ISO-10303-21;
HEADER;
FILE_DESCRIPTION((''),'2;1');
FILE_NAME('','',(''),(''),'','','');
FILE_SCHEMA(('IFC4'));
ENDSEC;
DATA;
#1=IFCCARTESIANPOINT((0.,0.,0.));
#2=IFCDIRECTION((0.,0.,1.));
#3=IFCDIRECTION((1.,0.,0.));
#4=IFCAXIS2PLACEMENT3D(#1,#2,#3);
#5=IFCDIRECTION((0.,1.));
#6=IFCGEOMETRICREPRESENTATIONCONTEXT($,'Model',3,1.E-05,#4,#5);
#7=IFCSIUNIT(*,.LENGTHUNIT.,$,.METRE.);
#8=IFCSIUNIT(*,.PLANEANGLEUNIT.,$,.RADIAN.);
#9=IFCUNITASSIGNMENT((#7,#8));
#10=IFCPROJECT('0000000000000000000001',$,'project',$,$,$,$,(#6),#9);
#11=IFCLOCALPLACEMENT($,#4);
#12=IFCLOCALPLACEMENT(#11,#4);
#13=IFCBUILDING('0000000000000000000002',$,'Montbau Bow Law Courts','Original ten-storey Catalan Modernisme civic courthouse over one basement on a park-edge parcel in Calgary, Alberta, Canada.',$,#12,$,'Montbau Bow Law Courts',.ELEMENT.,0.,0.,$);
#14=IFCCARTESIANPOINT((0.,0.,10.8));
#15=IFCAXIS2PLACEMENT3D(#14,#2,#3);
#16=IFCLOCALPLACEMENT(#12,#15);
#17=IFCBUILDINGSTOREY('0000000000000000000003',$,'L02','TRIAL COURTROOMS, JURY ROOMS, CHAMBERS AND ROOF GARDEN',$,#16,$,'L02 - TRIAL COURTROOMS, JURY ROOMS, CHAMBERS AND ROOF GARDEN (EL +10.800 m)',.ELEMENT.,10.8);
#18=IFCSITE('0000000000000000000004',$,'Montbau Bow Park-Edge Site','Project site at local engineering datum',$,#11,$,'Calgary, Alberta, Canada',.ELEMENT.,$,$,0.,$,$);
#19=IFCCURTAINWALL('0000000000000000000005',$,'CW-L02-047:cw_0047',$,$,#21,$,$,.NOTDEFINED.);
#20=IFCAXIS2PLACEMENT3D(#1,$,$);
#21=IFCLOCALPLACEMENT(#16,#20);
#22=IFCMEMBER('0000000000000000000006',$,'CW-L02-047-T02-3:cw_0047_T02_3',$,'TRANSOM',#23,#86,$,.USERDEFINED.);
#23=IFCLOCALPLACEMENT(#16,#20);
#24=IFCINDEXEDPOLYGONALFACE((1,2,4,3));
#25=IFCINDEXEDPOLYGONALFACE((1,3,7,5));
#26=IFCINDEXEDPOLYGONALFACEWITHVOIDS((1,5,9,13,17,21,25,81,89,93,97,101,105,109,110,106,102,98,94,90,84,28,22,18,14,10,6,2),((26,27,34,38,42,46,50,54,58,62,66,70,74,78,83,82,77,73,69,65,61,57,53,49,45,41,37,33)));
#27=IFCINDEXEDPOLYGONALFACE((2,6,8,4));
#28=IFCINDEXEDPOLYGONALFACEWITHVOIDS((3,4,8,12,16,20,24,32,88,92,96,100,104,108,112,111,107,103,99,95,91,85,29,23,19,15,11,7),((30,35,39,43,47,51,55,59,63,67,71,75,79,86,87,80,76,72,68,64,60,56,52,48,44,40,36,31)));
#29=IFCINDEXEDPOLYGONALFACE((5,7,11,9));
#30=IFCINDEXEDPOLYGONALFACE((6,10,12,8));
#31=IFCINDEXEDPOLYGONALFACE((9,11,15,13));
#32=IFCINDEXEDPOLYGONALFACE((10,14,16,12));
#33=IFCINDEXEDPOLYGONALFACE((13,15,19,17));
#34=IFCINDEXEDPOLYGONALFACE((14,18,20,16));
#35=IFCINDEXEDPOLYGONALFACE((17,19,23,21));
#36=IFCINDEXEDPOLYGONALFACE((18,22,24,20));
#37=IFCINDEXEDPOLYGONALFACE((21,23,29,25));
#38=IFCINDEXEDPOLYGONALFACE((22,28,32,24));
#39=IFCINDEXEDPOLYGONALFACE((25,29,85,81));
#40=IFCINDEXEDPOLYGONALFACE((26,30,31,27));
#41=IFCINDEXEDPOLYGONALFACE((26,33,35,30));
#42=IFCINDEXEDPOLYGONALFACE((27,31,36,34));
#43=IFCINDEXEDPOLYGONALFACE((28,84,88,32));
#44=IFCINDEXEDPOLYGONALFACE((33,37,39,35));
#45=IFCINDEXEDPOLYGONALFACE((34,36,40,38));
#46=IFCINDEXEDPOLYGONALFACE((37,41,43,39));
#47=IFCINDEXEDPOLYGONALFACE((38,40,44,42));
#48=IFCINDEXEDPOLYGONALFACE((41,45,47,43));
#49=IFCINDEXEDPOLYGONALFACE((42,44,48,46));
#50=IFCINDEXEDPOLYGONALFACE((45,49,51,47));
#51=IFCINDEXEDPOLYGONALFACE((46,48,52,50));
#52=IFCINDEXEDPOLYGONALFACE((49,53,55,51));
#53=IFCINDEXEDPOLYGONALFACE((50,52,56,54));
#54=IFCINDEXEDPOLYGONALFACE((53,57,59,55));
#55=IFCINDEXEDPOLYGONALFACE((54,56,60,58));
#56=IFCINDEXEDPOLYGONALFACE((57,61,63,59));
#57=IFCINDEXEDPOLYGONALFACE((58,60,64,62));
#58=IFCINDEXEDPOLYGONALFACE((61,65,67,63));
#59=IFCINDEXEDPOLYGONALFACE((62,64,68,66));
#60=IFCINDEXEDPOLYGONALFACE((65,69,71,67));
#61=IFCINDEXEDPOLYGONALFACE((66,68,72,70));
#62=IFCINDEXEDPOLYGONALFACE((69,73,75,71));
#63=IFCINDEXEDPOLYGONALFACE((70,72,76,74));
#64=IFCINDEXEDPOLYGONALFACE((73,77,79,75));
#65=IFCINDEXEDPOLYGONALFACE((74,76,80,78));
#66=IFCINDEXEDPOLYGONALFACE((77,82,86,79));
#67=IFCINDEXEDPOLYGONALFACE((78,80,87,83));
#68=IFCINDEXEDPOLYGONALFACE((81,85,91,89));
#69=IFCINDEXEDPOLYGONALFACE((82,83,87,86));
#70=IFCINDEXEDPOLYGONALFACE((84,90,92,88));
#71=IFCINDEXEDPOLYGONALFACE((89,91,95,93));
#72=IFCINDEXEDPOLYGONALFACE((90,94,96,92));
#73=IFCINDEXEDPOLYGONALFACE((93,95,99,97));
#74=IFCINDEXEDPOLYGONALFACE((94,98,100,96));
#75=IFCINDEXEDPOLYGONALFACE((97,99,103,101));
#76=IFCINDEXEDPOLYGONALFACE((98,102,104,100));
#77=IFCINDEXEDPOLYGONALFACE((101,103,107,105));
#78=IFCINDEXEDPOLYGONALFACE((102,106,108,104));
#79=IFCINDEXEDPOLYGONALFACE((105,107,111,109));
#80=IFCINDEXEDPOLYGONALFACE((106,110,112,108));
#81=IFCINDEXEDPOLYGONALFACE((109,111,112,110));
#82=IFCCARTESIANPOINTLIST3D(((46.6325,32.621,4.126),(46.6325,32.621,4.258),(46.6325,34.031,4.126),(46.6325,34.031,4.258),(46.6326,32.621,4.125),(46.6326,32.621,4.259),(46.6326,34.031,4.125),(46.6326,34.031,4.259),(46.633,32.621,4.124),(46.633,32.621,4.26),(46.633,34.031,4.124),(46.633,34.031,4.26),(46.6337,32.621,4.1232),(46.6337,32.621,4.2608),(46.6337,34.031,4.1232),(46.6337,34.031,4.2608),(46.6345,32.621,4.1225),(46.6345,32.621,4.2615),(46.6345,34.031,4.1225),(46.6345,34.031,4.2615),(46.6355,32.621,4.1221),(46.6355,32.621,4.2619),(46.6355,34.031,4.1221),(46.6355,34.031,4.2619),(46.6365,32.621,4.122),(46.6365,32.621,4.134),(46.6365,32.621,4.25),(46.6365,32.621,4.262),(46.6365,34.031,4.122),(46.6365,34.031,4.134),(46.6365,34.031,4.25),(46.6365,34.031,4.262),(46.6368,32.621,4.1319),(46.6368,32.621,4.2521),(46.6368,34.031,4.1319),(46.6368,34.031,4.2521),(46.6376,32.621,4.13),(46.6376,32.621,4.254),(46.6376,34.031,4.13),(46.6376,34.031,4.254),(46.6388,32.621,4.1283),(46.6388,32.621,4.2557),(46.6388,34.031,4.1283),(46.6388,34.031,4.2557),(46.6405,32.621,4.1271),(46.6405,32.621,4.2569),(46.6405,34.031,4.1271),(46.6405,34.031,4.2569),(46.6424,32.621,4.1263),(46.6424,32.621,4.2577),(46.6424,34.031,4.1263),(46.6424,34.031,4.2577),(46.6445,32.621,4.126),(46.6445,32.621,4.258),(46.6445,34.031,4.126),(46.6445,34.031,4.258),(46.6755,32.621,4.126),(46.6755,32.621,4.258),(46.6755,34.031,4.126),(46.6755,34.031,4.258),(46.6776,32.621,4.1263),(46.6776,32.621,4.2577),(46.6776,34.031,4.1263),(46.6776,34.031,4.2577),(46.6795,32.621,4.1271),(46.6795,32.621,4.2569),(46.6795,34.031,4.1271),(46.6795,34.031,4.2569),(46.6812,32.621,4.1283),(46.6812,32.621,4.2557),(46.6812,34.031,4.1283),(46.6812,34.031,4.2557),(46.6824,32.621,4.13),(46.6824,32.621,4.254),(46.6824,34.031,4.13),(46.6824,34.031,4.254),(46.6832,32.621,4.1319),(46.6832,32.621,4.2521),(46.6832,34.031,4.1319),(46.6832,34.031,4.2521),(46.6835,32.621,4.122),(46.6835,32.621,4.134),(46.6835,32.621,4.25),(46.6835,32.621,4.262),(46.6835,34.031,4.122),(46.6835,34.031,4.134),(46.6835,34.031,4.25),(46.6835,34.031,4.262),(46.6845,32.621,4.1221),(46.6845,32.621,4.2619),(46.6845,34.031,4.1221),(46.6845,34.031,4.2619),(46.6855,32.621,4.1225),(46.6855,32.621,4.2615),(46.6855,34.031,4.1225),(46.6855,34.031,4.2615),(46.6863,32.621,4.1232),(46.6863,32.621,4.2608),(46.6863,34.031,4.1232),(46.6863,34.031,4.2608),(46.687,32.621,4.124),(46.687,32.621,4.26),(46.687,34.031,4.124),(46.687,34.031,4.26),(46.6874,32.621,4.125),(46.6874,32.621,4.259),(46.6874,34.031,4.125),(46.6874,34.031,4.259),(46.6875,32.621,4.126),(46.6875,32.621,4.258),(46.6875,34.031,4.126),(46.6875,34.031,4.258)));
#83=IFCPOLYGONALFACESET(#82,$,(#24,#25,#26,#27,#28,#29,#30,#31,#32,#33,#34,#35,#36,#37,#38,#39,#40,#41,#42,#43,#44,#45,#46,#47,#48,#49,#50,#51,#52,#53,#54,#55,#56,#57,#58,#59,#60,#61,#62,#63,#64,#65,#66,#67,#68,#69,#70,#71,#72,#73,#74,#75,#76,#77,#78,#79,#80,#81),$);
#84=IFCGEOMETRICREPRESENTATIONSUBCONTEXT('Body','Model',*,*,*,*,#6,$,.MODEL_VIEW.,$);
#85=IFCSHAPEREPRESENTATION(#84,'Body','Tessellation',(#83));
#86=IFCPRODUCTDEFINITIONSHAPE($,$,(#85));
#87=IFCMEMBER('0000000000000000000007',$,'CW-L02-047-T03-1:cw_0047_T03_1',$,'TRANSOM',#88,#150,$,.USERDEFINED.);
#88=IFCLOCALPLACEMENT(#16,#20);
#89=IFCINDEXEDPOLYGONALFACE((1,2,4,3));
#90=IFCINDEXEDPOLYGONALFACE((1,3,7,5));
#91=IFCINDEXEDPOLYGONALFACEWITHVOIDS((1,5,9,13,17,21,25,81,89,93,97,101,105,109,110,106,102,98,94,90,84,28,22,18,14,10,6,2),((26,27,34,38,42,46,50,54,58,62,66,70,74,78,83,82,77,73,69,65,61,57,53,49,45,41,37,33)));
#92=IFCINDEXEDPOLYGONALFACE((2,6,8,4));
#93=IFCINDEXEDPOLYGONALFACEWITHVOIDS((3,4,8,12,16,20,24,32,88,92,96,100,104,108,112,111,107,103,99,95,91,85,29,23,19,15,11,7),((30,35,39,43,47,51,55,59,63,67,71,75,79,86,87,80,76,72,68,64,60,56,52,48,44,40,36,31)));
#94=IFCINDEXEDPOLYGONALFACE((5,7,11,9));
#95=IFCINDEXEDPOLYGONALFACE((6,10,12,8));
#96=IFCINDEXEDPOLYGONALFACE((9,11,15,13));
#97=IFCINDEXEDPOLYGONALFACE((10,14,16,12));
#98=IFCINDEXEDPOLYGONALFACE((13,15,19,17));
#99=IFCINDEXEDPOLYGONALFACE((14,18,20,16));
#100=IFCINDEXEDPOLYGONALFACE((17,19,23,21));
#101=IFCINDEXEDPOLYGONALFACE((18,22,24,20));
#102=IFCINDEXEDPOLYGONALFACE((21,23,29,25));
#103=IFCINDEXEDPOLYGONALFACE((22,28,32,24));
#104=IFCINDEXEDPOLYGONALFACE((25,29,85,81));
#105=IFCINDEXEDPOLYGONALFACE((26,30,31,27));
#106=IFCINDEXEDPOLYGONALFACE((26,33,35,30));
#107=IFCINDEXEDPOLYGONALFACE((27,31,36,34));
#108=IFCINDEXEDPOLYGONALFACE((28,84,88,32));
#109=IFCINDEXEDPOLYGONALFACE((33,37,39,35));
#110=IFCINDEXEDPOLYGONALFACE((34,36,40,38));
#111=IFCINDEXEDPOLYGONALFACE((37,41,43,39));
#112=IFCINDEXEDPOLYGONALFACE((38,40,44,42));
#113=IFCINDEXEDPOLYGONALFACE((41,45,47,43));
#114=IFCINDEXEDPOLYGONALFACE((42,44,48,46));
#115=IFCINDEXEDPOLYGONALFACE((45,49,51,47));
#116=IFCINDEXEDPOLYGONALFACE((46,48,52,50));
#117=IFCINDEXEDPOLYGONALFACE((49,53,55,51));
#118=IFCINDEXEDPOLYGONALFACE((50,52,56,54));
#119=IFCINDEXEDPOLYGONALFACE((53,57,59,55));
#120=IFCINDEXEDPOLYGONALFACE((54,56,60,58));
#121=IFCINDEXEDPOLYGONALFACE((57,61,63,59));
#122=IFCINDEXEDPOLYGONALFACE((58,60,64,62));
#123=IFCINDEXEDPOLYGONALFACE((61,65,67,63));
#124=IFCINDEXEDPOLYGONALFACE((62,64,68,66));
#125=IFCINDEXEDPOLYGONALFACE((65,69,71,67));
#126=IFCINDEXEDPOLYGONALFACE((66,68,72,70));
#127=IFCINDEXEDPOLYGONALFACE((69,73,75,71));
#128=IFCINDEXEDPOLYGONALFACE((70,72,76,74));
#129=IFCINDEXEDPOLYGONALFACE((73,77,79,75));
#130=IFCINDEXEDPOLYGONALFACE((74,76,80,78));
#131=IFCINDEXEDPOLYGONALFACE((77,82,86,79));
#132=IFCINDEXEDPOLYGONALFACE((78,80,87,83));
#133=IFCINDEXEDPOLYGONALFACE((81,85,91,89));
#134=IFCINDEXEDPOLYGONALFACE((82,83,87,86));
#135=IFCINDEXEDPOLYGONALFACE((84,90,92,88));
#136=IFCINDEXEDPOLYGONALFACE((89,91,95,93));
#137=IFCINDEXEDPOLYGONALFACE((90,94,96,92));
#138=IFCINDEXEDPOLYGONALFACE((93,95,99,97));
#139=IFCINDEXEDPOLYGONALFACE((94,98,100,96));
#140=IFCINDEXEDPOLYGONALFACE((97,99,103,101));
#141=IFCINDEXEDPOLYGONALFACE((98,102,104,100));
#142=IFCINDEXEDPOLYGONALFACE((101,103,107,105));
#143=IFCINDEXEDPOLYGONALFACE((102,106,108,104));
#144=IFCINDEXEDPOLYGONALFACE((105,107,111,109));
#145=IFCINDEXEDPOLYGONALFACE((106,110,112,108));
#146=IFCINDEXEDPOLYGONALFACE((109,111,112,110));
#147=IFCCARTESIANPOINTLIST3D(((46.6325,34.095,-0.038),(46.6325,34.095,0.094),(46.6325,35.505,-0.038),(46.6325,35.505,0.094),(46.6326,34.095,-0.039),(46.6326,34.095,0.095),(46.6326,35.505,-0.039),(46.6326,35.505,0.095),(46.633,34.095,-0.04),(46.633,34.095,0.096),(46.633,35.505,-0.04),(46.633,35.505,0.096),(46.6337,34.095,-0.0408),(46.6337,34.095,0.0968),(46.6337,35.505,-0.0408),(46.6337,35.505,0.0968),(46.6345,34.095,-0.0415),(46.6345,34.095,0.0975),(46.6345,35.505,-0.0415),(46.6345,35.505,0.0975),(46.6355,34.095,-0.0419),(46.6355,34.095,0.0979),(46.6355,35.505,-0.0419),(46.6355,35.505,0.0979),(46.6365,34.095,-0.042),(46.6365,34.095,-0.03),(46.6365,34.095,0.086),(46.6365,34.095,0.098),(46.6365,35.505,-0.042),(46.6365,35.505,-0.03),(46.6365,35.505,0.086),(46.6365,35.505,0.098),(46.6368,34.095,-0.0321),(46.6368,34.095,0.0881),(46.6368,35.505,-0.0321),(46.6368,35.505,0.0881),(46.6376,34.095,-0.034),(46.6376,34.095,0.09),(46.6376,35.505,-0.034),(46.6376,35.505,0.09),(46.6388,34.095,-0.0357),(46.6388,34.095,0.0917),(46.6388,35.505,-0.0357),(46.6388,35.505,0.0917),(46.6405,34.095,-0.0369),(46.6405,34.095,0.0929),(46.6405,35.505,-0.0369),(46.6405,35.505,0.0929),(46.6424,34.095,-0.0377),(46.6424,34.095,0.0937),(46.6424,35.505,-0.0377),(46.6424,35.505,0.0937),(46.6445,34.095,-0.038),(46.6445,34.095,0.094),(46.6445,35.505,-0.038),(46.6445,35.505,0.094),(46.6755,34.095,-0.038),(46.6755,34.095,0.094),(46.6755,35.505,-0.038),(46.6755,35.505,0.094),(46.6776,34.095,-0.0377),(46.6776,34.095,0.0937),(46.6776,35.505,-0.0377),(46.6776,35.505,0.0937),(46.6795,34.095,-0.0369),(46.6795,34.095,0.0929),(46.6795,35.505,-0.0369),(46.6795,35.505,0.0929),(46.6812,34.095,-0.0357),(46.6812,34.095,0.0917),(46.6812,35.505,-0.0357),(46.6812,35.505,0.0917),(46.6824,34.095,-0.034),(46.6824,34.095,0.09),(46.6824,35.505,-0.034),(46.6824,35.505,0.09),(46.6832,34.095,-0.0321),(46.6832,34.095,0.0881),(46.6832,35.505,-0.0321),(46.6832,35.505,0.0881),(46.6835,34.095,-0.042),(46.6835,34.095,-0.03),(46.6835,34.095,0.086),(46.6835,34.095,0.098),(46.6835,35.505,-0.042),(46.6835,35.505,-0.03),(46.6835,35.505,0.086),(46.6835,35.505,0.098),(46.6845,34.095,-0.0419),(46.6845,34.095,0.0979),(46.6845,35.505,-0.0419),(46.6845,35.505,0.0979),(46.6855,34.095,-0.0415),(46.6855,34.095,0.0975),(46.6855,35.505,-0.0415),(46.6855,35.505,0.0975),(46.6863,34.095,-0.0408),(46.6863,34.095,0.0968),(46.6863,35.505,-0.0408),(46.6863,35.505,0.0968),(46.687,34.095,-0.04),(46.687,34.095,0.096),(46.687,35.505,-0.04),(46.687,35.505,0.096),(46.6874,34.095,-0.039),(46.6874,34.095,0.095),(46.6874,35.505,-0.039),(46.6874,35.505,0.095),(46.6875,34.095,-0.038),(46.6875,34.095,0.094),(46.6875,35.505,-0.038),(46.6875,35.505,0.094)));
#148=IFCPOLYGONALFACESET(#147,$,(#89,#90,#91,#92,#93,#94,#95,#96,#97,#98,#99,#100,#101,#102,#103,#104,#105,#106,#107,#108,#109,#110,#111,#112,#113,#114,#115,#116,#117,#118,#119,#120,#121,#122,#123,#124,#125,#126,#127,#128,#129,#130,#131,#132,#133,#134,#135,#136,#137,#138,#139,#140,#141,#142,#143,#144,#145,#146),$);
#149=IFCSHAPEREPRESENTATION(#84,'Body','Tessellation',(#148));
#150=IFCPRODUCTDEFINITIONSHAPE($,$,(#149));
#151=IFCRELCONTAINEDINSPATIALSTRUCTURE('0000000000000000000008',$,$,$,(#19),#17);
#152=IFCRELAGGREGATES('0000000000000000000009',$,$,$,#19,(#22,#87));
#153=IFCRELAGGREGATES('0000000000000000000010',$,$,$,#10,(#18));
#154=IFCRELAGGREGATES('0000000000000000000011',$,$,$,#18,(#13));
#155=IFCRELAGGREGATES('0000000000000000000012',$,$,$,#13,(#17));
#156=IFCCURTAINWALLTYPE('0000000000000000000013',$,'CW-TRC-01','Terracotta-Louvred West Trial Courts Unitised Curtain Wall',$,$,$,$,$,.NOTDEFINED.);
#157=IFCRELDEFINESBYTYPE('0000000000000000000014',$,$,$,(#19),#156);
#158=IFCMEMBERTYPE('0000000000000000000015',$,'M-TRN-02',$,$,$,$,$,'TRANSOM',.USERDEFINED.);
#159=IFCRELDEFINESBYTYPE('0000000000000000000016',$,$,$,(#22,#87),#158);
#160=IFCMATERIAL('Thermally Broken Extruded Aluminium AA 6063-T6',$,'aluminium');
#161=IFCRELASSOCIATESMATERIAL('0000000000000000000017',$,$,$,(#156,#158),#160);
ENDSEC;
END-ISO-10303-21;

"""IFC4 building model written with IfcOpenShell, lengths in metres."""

from ifc_helpers import new_model, si_unit, direction, frame, origin_with_axes, origin_2d_with_axis, place, context, subcontext, project, spatial, hollow_rectangle, extrude, material, material_profile, profile_set, type_object, element, aggregate, save


model = new_model("IFC4")

# Units and contexts
model_context = context("Model", 3, precision=1e-05, world=origin_with_axes(), true_north=direction((0.0, 1.0)))
body_context = subcontext(model_context, "Body", "Model", "MODEL_VIEW")
ifc_project = project(units=[si_unit("LENGTHUNIT", "METRE"), si_unit("PLANEANGLEUNIT", "RADIAN")], contexts=[model_context])

# Site, building, storey
site_placement = place(None, origin_with_axes())
site = spatial("IfcSite", under=ifc_project, at=site_placement, Name="Montbau Bow Park-Edge Site", Description="Project site at local engineering datum", LongName="Calgary, Alberta, Canada", CompositionType="ELEMENT", RefElevation=0.0)
building_placement = place(site_placement, origin_with_axes())
building = spatial("IfcBuilding", under=site, at=building_placement, Name="Montbau Bow Law Courts", Description="Original ten-storey Catalan Modernisme civic courthouse over one basement on a park-edge parcel in Calgary, Alberta, Canada.", LongName="Montbau Bow Law Courts", CompositionType="ELEMENT", ElevationOfRefHeight=0.0, ElevationOfTerrain=0.0)
storey_placement = place(building_placement, frame((0.0, 0.0, 10.8), z_axis=(0.0, 0.0, 1.0), x_axis=(1.0, 0.0, 0.0)))
storey = spatial("IfcBuildingStorey", under=building, at=storey_placement, Name="L02", Description="TRIAL COURTROOMS, JURY ROOMS, CHAMBERS AND ROOF GARDEN", LongName="L02 - TRIAL COURTROOMS, JURY ROOMS, CHAMBERS AND ROOF GARDEN (EL +10.800 m)", CompositionType="ELEMENT", Elevation=10.8)

# Shared definitions
ifc_material_1 = material(Name="Thermally Broken Extruded Aluminium AA 6063-T6", Category="aluminium")
curtain_wall_type = type_object("IfcCurtainWallType", Name="CW-TRC-01", Description="Terracotta-Louvred West Trial Courts Unitised Curtain Wall", PredefinedType="NOTDEFINED", material=ifc_material_1)

# Curtain wall, members
curtain_wall_1_placement = place(None, frame((46.66, 31.115, 10.8), z_axis=(0.0, 0.0, 1.0), x_axis=(1.0, 0.0, 0.0)))
curtain_wall_1 = element("IfcCurtainWall", 1, at=curtain_wall_1_placement, inside=storey, type_object=curtain_wall_type, Name="CW-L02-047:cw_0047", PredefinedType="NOTDEFINED")
ifc_material_profile_1 = material_profile(ifc_material_1, hollow_rectangle(XDim=0.055, YDim=0.14, WallThickness=0.004, InnerFilletRadius=0.008, OuterFilletRadius=0.004, at=origin_2d_with_axis()), Name="CWT-140X55", Category="Main", Priority=0)
ifc_profile_set_1 = profile_set([ifc_material_profile_1], Name="Thermally Broken Extruded Aluminium AA 6063-T6")
member_type_1 = type_object("IfcMemberType", Name="M-TRN-02", ElementType="TRANSOM", PredefinedType="USERDEFINED", material=ifc_profile_set_1)
member_1_placement = place(None, frame((46.66, 32.621, 14.992), z_axis=(0.0, 1.0, 0.0), x_axis=(-1.0, 0.0, 0.0)))
member_1 = element("IfcMember", 2, at=member_1_placement, type_object=member_type_1, Name="CW-L02-047-T02-3:cw_0047_T02_3", ObjectType="TRANSOM", PredefinedType="USERDEFINED", context=body_context, shape_type="SweptSolid", body=[
    extrude(hollow_rectangle(XDim=0.055, YDim=0.14, WallThickness=0.004, InnerFilletRadius=0.008, OuterFilletRadius=0.004, at=origin_2d_with_axis()), origin_with_axes(), (0.0, 0.0, 1.0), 1.41),
])
member_2_placement = place(None, frame((46.66, 34.095, 10.828), z_axis=(0.0, 1.0, 0.0), x_axis=(-1.0, 0.0, 0.0)))
member_2 = element("IfcMember", 3, at=member_2_placement, type_object=member_type_1, Name="CW-L02-047-T03-1:cw_0047_T03_1", ObjectType="TRANSOM", PredefinedType="USERDEFINED", context=body_context, shape_type="SweptSolid", body=[
    extrude(hollow_rectangle(XDim=0.055, YDim=0.14, WallThickness=0.004, InnerFilletRadius=0.008, OuterFilletRadius=0.004, at=origin_2d_with_axis()), origin_with_axes(), (0.0, 0.0, 1.0), 1.41),
])
aggregate(curtain_wall_1, [member_1, member_2])

save(model, "model.ifc")
